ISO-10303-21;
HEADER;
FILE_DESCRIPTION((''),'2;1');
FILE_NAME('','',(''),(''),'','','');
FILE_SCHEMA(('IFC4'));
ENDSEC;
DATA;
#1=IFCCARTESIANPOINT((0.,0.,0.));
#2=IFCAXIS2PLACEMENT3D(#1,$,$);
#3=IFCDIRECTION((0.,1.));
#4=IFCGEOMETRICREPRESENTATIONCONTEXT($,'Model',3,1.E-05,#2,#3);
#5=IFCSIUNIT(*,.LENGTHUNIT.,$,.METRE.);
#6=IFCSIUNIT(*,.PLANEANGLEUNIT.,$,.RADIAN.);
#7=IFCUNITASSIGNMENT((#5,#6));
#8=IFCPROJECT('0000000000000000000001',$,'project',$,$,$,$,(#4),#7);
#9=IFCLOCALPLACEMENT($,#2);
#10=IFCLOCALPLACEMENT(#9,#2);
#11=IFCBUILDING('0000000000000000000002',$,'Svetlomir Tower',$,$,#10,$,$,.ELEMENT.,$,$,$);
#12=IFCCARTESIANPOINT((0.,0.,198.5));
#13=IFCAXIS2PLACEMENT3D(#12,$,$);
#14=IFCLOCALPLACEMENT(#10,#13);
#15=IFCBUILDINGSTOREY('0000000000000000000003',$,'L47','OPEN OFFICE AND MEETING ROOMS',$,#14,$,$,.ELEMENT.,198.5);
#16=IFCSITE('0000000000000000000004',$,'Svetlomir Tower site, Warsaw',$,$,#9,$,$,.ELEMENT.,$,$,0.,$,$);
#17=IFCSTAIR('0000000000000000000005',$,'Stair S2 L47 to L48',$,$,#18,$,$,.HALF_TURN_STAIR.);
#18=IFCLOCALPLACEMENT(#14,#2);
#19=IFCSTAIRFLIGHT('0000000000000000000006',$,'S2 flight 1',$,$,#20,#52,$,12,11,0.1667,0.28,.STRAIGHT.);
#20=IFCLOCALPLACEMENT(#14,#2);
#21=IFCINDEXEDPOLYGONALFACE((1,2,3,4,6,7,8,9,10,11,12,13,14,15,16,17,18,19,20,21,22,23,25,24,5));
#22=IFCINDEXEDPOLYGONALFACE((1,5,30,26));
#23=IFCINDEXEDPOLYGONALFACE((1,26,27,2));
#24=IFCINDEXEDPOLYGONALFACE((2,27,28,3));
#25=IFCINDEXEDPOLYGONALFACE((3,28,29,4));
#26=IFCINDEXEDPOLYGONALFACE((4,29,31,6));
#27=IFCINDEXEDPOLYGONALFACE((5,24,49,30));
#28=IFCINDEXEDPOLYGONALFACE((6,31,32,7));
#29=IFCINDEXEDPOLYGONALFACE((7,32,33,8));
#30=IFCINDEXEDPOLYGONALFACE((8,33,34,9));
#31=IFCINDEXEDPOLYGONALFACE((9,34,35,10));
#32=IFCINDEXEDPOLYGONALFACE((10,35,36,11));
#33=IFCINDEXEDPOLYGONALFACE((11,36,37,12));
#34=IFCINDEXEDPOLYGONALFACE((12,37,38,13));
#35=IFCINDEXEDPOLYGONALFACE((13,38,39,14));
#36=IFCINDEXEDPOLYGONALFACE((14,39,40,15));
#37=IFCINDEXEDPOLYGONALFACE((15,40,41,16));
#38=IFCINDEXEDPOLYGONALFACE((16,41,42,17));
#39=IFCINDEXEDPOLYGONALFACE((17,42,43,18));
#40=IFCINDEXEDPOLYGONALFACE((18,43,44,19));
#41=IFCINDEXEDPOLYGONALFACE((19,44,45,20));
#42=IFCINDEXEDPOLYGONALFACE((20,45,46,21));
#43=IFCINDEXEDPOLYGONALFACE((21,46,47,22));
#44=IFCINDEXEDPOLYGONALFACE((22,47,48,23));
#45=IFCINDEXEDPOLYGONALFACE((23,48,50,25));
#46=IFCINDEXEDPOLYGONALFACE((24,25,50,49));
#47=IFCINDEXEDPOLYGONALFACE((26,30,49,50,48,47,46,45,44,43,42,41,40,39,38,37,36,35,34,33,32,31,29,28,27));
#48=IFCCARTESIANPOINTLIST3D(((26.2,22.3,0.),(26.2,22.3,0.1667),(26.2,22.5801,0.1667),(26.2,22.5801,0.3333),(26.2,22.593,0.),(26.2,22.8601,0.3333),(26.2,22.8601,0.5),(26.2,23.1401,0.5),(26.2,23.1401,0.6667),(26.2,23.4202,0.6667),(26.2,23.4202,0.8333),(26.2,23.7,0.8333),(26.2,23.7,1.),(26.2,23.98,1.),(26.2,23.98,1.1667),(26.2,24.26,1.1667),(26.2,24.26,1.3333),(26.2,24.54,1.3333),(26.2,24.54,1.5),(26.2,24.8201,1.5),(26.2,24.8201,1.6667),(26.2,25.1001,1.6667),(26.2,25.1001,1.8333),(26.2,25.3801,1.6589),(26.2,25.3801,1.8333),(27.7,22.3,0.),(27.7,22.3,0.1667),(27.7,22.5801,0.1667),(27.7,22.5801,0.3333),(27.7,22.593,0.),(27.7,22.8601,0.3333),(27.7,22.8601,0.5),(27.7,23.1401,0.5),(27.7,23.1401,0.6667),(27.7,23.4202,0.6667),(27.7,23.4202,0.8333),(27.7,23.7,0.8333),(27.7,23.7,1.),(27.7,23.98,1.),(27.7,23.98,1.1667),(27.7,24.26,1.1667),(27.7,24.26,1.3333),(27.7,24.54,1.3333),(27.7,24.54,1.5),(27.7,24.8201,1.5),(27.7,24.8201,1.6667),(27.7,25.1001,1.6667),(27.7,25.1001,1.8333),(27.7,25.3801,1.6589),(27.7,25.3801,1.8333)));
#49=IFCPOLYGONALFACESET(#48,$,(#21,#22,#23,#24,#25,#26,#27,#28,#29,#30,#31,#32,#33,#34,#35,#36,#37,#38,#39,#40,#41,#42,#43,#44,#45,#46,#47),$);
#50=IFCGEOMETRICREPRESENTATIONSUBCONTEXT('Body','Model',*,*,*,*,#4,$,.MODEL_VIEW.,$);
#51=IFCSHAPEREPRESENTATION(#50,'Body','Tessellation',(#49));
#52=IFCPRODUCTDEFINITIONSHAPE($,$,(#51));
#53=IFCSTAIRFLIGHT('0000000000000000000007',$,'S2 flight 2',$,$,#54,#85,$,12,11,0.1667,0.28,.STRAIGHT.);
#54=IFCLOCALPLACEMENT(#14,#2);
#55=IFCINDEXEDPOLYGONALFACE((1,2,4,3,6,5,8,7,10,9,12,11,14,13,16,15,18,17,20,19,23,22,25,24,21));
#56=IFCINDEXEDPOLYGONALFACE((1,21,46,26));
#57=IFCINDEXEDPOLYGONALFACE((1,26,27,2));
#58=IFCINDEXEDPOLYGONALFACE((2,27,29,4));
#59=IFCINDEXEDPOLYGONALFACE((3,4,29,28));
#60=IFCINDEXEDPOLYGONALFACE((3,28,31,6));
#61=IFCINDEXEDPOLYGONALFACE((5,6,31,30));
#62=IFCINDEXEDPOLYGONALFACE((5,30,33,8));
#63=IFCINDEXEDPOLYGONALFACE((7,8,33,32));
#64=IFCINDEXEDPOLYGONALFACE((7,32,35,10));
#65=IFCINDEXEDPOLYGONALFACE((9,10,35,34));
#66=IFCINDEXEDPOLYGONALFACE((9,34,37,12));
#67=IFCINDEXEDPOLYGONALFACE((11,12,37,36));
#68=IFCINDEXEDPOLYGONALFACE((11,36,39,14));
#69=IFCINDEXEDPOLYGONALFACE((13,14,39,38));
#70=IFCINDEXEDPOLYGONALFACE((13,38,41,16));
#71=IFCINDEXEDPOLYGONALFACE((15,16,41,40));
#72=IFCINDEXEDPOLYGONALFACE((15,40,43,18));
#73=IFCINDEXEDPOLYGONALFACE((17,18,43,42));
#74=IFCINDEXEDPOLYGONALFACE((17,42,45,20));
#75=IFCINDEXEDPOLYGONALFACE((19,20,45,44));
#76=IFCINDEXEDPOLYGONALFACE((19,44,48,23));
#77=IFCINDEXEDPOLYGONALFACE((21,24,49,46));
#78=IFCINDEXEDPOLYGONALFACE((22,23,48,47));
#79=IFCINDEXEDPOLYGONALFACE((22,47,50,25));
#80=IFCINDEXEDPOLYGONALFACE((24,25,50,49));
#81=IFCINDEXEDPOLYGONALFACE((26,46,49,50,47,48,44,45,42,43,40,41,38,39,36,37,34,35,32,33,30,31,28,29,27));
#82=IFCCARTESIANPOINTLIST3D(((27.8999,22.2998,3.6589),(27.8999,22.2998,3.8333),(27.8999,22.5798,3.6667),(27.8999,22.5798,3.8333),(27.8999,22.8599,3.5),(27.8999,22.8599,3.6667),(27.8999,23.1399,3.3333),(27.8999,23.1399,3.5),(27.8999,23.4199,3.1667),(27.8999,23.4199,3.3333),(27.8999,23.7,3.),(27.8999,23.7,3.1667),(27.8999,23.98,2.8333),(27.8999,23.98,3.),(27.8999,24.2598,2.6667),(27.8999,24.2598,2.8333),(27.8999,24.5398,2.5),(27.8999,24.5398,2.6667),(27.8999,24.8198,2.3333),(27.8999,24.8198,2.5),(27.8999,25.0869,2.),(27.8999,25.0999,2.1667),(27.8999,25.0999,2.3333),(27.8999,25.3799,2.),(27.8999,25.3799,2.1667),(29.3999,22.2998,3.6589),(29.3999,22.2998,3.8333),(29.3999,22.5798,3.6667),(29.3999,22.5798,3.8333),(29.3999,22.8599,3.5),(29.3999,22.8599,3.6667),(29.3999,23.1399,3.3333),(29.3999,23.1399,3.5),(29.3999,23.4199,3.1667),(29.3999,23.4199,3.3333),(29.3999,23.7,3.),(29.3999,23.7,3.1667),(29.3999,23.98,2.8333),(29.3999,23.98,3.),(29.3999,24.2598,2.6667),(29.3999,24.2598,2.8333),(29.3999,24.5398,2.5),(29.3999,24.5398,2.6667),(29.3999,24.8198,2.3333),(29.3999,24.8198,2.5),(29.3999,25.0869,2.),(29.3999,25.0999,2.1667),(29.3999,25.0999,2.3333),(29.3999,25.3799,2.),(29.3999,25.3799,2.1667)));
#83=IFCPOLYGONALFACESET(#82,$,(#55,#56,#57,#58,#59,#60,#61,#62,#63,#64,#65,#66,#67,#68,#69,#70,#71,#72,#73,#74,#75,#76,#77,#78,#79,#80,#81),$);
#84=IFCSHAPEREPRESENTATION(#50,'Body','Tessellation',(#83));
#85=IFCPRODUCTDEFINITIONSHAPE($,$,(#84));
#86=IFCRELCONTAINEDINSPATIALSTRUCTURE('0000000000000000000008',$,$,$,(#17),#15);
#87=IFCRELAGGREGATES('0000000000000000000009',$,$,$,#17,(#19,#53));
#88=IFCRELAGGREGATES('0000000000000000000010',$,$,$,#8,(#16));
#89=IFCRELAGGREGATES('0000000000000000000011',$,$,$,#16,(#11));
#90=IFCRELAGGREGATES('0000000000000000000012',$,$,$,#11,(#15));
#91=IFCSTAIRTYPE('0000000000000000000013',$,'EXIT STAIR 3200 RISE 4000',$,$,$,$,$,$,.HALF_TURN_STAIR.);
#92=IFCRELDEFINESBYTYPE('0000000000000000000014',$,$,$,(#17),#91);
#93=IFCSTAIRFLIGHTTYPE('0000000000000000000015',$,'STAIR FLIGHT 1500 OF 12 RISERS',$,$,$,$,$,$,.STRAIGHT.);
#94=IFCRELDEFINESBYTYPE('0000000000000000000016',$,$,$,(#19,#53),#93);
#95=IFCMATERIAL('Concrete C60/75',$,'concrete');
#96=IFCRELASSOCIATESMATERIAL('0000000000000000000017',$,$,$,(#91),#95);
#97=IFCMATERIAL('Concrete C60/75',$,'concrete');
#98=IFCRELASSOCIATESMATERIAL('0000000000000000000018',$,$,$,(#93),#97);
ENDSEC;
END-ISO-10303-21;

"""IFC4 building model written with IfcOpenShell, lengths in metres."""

from ifc_helpers import new_model, si_unit, direction, frame, origin, place, context, subcontext, project, spatial, polyline, outline, extrude, material, type_object, element, aggregate, save


model = new_model("IFC4")

# Units and contexts
model_context = context("Model", 3, precision=1e-05, world=origin(), true_north=direction((0.0, 1.0)))
body_context = subcontext(model_context, "Body", "Model", "MODEL_VIEW")
ifc_project = project(units=[si_unit("LENGTHUNIT", "METRE"), si_unit("PLANEANGLEUNIT", "RADIAN")], contexts=[model_context])

# Site, building, storey
site_placement = place(None, origin())
site = spatial("IfcSite", under=ifc_project, at=site_placement, Name="Svetlomir Tower site, Warsaw", CompositionType="ELEMENT", RefElevation=0.0)
building_placement = place(site_placement, origin())
building = spatial("IfcBuilding", under=site, at=building_placement, Name="Svetlomir Tower", CompositionType="ELEMENT")
storey_placement = place(building_placement, frame((0.0, 0.0, 198.5)))
storey = spatial("IfcBuildingStorey", under=building, at=storey_placement, Name="L47", Description="OPEN OFFICE AND MEETING ROOMS", CompositionType="ELEMENT", Elevation=198.5)

# Stair, stair flights
ifc_material_1 = material(Name="Concrete C60/75", Category="concrete")
stair_type = type_object("IfcStairType", Name="EXIT STAIR 3200 RISE 4000", PredefinedType="HALF_TURN_STAIR", material=ifc_material_1)
stair_placement = place(storey_placement, origin())
stair = element("IfcStair", 1, at=stair_placement, inside=storey, type_object=stair_type, Name="Stair S2 L47 to L48", PredefinedType="HALF_TURN_STAIR")
ifc_material_2 = material(Name="Concrete C60/75", Category="concrete")
stair_flight_type = type_object("IfcStairFlightType", Name="STAIR FLIGHT 1500 OF 12 RISERS", PredefinedType="STRAIGHT", material=ifc_material_2)
stair_flight_1_placement = place(storey_placement, frame((26.95, 22.3, 0.0), z_axis=(0.0, 0.0, 1.0), x_axis=(0.0, 1.0, 0.0)))
stair_flight_1 = element("IfcStairFlight", 2, at=stair_flight_1_placement, type_object=stair_flight_type, Name="S2 flight 1", NumberOfRisers=12, NumberOfTreads=11, PredefinedType="STRAIGHT", RiserHeight=0.1667, TreadLength=0.28, context=body_context, shape_type="SweptSolid", body=[
    extrude(outline(polyline([(0.0, 0.0), (0.0, 0.1667), (0.28, 0.1667), (0.28, 0.3333), (0.5601, 0.3333), (0.5601, 0.5), (0.8401, 0.5), (0.8401, 0.6667), (1.1201, 0.6667), (1.1201, 0.8333), (1.3999, 0.8333), (1.3999, 1.0), (1.6799, 1.0), (1.6799, 1.1667), (1.96, 1.1667), (1.96, 1.3333), (2.24, 1.3333), (2.24, 1.5), (2.52, 1.5), (2.52, 1.6667), (2.8, 1.6667), (2.8, 1.8333), (3.0801, 1.8333), (3.0801, 2.0), (3.0801, 1.6589), (0.293, 0.0), (0.0, 0.0)])), frame((0.0, 0.75, 0.0), z_axis=(0.0, -1.0, 0.0), x_axis=(1.0, 0.0, 0.0)), (0.0, 0.0, 1.0), 1.5),
])
stair_flight_2_placement = place(storey_placement, frame((28.6499, 25.3799, 2.0), z_axis=(0.0, 0.0, 1.0), x_axis=(0.0, -1.0, 0.0)))
stair_flight_2 = element("IfcStairFlight", 3, at=stair_flight_2_placement, type_object=stair_flight_type, Name="S2 flight 2", NumberOfRisers=12, NumberOfTreads=11, PredefinedType="STRAIGHT", RiserHeight=0.1667, TreadLength=0.28, context=body_context, shape_type="SweptSolid", body=[
    extrude(outline(polyline([(0.0, 0.0), (0.0, 0.1667), (0.28, 0.1667), (0.28, 0.3333), (0.5601, 0.3333), (0.5601, 0.5), (0.8401, 0.5), (0.8401, 0.6667), (1.1201, 0.6667), (1.1201, 0.8333), (1.3999, 0.8333), (1.3999, 1.0), (1.6799, 1.0), (1.6799, 1.1667), (1.96, 1.1667), (1.96, 1.3333), (2.24, 1.3333), (2.24, 1.5), (2.52, 1.5), (2.52, 1.6667), (2.8, 1.6667), (2.8, 1.8333), (3.0801, 1.8333), (3.0801, 2.0), (3.0801, 1.6589), (0.293, 0.0), (0.0, 0.0)])), frame((0.0, 0.75, 0.0), z_axis=(0.0, -1.0, 0.0), x_axis=(1.0, 0.0, 0.0)), (0.0, 0.0, 1.0), 1.5),
])
aggregate(stair, [stair_flight_1, stair_flight_2])

save(model, "model.ifc")
